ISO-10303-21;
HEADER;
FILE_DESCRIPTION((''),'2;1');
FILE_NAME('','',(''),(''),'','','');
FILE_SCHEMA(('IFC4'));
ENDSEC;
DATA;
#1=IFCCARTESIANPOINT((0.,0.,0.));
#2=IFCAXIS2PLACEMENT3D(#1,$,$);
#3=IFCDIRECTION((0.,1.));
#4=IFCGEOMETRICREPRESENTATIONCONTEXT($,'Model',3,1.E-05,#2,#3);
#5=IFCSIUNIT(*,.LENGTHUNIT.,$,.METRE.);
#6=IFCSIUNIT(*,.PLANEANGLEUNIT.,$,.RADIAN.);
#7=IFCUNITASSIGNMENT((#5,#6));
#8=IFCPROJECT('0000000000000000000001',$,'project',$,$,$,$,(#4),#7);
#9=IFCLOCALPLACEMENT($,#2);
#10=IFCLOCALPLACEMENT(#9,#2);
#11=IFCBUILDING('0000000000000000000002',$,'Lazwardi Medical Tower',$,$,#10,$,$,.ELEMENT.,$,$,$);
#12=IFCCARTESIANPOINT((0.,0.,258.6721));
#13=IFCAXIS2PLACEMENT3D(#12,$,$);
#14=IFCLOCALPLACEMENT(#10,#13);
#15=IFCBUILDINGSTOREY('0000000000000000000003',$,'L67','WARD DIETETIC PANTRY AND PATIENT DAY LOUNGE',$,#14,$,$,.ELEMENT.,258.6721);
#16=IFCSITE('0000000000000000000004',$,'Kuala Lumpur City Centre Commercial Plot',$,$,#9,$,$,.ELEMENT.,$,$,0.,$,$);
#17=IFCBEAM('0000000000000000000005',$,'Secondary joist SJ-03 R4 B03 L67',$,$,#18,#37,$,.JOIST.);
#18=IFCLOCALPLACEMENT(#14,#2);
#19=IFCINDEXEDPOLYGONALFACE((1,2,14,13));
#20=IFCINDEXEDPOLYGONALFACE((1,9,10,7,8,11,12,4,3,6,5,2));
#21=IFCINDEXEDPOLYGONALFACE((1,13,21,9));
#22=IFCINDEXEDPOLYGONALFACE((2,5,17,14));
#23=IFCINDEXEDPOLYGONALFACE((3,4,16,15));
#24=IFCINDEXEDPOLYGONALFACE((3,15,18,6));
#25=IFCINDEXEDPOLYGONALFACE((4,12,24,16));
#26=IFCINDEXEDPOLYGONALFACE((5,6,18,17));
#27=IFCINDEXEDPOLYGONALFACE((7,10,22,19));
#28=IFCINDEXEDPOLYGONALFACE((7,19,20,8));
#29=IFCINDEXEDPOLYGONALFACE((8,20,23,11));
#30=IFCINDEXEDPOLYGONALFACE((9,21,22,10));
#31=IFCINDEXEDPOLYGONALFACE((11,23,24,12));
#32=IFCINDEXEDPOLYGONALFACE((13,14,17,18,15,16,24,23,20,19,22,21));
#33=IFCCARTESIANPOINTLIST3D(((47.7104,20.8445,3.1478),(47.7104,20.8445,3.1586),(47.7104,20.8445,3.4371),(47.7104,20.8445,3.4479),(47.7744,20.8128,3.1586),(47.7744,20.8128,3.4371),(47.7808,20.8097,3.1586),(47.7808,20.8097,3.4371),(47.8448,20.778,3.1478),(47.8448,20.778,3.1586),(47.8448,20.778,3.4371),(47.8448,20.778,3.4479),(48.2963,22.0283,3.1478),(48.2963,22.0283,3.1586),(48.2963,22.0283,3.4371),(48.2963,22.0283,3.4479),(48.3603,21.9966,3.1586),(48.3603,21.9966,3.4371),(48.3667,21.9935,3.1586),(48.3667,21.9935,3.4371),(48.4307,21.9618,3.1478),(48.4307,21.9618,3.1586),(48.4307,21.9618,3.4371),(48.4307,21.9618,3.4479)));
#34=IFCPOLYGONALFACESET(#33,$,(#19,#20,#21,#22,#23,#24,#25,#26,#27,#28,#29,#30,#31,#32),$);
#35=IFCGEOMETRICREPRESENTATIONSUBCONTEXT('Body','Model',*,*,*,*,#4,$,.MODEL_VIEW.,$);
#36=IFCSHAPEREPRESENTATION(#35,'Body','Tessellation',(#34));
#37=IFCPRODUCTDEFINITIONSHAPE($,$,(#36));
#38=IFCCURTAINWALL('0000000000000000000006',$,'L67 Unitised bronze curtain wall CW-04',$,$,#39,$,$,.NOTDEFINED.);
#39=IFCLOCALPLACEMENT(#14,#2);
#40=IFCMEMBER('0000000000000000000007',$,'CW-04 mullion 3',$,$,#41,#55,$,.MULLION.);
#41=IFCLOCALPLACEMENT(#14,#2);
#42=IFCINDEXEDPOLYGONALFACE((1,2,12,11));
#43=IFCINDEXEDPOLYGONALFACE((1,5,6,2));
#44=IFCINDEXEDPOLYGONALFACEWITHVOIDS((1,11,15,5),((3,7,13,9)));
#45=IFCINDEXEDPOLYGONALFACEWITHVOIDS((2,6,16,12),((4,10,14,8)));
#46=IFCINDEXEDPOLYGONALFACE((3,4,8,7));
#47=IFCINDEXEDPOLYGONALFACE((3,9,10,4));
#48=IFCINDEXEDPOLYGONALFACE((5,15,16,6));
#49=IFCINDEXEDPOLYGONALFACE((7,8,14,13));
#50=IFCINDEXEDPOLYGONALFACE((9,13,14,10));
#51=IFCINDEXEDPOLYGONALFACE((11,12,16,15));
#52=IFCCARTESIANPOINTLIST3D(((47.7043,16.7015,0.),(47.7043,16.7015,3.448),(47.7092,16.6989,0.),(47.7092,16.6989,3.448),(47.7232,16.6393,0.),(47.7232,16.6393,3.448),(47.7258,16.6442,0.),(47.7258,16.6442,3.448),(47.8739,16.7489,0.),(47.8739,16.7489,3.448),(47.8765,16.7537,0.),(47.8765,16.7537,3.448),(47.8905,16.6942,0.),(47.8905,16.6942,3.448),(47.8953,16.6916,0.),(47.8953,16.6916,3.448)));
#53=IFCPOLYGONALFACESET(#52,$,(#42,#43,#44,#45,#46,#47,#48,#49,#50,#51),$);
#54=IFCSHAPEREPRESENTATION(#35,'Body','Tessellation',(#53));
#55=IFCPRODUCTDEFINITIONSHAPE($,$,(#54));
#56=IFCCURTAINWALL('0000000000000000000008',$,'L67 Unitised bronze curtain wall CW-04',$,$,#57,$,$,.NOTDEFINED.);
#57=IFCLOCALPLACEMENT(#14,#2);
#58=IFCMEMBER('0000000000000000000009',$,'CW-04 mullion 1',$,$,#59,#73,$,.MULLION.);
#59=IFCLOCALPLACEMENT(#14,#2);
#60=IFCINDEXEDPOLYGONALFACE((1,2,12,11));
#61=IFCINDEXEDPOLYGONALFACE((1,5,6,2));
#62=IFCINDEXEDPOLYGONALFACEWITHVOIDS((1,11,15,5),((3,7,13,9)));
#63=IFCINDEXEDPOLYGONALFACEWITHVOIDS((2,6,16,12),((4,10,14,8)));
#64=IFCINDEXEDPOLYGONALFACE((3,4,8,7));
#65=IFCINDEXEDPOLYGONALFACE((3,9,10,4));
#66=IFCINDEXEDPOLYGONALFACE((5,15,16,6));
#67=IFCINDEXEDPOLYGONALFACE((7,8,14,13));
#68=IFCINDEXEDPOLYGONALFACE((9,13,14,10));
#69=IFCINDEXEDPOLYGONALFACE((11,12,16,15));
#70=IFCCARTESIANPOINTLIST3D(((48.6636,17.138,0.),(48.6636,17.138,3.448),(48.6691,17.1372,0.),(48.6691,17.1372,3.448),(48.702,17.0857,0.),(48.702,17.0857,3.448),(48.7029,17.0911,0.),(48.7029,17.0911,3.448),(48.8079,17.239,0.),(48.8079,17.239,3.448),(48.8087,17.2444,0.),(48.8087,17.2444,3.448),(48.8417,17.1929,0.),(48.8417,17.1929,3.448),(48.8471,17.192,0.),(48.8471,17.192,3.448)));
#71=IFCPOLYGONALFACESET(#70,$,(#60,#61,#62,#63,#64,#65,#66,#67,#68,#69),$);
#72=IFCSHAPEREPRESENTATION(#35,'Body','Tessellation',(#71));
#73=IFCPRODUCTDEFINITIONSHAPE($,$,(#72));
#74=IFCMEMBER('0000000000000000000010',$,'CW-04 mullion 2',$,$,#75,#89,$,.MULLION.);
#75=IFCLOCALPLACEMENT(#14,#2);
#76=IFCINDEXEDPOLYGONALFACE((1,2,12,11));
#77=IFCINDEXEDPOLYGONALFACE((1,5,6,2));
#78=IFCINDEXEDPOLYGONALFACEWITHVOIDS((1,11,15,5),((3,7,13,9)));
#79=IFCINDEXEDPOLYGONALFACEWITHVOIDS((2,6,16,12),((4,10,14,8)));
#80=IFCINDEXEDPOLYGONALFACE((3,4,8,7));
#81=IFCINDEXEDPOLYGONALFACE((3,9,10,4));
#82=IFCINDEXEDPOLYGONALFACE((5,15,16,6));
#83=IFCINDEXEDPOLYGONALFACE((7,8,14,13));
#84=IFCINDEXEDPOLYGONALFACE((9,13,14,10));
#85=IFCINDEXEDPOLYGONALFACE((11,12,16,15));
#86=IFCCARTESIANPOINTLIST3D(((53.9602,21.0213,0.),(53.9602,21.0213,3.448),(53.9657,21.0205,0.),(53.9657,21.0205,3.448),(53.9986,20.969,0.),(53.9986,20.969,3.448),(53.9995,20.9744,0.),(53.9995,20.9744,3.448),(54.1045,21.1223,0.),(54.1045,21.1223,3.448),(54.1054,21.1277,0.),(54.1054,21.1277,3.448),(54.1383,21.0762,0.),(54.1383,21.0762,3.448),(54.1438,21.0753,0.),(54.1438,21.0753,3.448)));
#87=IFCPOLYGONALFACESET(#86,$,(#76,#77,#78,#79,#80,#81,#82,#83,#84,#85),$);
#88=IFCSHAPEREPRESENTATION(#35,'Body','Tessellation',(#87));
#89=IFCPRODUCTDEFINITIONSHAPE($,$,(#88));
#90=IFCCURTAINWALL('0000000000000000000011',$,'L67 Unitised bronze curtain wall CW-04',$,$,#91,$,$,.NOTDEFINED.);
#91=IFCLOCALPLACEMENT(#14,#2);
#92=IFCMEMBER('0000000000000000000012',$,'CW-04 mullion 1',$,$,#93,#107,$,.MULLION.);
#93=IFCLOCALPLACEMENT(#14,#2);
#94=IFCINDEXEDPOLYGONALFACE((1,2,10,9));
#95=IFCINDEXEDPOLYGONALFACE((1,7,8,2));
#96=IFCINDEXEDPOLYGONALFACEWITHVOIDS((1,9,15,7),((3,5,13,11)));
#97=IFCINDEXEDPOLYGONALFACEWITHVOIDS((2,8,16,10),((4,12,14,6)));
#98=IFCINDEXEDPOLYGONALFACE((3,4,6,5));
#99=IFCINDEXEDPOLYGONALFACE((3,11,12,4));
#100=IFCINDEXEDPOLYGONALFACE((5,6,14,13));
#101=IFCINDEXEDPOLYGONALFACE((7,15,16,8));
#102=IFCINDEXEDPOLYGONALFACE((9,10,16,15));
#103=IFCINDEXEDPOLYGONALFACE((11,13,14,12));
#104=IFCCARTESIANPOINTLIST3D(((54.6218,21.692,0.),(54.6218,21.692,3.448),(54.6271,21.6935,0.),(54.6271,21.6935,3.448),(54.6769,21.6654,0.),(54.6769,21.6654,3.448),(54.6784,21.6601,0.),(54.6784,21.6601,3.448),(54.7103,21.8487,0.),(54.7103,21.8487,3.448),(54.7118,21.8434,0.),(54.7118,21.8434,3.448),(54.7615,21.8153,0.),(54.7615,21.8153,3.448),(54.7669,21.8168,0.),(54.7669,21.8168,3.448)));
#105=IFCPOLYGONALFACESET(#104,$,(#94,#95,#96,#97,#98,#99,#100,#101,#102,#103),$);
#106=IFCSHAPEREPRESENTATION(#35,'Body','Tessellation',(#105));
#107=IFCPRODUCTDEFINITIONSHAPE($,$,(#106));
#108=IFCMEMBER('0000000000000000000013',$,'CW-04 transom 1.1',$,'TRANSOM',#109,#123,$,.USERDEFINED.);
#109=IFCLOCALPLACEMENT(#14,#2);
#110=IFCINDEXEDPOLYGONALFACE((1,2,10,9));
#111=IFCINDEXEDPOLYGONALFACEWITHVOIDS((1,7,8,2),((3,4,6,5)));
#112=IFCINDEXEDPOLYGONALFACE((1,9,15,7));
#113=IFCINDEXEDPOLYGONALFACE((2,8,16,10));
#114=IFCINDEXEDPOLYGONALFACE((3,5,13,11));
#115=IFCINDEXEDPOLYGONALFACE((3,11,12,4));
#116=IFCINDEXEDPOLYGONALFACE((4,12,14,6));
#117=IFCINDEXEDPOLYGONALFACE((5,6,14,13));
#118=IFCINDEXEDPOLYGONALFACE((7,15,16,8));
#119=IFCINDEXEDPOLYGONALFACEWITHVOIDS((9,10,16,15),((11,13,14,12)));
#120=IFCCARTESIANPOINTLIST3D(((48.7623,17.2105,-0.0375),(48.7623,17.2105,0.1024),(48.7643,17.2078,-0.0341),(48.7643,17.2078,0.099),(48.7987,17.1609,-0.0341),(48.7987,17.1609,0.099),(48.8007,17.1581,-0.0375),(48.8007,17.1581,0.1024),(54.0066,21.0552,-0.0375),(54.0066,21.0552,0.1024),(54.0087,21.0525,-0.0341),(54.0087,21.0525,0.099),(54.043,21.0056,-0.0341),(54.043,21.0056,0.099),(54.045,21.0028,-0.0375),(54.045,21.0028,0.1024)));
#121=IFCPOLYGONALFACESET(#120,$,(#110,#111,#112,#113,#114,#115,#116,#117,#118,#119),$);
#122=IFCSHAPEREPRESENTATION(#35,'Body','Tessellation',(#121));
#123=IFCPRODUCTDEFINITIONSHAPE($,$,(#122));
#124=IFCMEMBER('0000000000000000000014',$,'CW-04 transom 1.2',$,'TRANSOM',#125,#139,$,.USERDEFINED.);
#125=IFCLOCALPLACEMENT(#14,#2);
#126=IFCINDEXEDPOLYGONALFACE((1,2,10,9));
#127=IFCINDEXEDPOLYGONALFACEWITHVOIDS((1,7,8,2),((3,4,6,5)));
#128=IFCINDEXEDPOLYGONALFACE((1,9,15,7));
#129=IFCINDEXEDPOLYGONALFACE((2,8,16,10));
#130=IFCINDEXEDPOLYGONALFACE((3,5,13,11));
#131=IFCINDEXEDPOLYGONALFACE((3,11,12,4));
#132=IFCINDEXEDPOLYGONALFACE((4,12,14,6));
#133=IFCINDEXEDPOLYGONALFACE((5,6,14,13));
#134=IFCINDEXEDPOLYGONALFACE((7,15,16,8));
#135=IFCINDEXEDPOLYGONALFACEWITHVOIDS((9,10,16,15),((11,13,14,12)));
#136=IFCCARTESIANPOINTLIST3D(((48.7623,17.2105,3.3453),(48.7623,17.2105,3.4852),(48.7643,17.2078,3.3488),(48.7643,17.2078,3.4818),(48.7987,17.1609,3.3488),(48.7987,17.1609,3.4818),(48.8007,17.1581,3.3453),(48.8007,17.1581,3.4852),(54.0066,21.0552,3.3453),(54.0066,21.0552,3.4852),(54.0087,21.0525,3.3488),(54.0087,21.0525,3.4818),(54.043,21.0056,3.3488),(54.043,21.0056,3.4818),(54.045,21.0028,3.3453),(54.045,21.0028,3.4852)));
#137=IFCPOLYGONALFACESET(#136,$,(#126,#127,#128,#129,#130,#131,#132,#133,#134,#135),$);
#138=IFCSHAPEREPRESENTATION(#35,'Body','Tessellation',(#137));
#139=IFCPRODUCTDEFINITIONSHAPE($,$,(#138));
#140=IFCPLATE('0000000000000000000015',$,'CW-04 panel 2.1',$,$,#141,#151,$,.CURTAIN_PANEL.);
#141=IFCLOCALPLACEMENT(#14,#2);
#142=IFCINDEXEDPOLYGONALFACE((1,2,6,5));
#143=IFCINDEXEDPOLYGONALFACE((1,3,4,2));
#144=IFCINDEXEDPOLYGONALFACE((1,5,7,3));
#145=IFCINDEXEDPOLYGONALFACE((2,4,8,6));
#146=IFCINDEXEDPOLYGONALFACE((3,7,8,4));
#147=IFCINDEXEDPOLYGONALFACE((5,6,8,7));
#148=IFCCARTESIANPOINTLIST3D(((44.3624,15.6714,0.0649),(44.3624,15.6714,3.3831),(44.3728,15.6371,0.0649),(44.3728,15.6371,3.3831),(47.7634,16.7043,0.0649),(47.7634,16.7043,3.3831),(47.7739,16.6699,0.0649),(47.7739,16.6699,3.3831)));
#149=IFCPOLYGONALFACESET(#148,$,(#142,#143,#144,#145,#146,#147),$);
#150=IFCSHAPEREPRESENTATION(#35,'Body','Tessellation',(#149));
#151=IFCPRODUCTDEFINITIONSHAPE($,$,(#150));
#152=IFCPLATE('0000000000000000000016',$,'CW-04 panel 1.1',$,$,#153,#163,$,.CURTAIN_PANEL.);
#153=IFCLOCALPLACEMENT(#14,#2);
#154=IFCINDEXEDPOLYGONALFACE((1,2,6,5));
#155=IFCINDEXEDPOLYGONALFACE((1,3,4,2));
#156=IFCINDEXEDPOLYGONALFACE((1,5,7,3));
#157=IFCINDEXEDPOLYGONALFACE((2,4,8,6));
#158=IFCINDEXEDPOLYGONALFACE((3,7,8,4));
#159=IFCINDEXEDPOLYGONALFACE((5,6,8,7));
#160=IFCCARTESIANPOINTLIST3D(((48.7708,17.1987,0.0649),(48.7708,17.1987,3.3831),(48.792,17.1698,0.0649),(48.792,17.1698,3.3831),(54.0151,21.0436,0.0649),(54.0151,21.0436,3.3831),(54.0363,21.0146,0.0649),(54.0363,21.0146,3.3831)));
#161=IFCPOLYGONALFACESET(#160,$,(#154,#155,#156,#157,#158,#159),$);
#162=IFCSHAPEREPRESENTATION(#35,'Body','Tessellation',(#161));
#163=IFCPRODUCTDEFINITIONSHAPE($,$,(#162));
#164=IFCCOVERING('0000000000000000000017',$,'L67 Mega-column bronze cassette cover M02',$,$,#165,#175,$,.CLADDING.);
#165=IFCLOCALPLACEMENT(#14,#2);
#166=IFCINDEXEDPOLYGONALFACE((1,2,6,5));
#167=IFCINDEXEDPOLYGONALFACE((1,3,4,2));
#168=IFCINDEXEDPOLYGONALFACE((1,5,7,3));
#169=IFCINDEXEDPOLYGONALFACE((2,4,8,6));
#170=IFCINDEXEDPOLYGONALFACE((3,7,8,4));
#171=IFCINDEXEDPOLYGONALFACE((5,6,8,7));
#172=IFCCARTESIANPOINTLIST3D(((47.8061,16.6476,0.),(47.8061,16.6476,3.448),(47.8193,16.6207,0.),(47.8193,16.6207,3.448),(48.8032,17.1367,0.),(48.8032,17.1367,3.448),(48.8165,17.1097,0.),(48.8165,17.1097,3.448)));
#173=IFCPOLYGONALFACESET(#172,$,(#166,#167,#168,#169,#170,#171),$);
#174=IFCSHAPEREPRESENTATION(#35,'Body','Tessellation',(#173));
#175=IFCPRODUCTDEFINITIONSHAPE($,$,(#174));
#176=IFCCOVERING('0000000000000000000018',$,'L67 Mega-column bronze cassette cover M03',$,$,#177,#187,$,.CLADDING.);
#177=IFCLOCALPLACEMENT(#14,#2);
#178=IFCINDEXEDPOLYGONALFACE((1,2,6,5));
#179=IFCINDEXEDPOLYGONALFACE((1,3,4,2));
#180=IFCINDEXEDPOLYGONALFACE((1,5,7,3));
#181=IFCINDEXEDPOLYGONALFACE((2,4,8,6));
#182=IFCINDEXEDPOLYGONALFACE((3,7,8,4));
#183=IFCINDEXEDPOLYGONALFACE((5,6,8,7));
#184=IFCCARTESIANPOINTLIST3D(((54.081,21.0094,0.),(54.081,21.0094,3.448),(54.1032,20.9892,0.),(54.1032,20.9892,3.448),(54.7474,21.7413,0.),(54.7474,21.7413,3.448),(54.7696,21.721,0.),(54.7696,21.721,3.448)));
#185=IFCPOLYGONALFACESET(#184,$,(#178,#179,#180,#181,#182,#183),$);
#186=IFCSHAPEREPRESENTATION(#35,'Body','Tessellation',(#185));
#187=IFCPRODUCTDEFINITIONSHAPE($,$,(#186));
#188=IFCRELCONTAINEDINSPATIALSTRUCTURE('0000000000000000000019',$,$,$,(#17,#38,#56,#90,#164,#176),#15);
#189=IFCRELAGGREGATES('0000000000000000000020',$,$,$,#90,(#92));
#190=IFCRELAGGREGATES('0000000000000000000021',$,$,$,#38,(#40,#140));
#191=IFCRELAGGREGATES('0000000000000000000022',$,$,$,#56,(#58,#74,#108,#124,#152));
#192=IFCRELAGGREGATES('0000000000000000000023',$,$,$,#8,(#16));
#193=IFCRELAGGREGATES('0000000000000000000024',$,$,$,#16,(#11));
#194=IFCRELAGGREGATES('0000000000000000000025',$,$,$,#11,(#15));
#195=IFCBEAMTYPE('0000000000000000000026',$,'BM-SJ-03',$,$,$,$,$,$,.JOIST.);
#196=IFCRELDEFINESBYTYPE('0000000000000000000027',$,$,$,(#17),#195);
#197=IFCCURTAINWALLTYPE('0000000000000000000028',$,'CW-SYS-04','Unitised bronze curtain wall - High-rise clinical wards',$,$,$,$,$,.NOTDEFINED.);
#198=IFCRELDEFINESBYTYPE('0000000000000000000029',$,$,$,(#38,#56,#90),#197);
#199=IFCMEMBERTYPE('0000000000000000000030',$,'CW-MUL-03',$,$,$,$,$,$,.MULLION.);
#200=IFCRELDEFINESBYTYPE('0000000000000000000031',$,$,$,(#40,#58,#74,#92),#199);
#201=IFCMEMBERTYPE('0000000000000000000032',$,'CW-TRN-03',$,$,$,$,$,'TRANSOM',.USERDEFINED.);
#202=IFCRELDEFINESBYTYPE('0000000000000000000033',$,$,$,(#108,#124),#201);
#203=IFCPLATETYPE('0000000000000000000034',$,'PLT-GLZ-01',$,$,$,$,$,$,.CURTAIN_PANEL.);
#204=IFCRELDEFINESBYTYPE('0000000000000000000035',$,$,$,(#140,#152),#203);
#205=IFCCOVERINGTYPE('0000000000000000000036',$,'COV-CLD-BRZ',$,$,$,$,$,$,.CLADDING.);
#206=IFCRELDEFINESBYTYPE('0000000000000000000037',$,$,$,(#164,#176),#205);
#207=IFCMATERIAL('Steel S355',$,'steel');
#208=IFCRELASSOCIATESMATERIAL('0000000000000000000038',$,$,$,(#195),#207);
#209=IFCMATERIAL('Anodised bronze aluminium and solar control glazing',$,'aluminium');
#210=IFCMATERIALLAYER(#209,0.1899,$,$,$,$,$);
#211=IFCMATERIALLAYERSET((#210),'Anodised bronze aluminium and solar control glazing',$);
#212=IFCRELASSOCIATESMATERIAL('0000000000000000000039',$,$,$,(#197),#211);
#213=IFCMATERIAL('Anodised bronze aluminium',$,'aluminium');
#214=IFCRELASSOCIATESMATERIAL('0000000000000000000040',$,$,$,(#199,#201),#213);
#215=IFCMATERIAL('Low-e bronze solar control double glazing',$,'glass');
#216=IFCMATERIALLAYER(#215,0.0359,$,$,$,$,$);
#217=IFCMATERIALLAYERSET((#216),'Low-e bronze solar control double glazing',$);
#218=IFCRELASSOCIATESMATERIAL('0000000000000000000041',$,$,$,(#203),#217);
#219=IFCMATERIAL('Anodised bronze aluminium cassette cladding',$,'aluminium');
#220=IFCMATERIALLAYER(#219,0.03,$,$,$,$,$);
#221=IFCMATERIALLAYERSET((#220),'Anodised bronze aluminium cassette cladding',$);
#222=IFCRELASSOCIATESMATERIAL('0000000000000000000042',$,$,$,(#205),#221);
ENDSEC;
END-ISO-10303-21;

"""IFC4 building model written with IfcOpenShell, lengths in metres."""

from ifc_helpers import new_model, si_unit, direction, frame, origin, origin_2d, place, context, subcontext, project, spatial, rectangle, hollow_rectangle, i_section, extrude, material, layer, layer_set, material_profile, profile_set, type_object, element, aggregate, save


model = new_model("IFC4")

# Units and contexts
model_context = context("Model", 3, precision=1e-05, world=origin(), true_north=direction((0.0, 1.0)))
body_context = subcontext(model_context, "Body", "Model", "MODEL_VIEW")
ifc_project = project(units=[si_unit("LENGTHUNIT", "METRE"), si_unit("PLANEANGLEUNIT", "RADIAN")], contexts=[model_context])

# Site, building, storey
site_placement = place(None, origin())
site = spatial("IfcSite", under=ifc_project, at=site_placement, Name="Kuala Lumpur City Centre Commercial Plot", CompositionType="ELEMENT", RefElevation=0.0)
building_placement = place(site_placement, origin())
building = spatial("IfcBuilding", under=site, at=building_placement, Name="Lazwardi Medical Tower", CompositionType="ELEMENT")
storey_placement = place(building_placement, frame((0.0, 0.0, 258.6721)))
storey = spatial("IfcBuildingStorey", under=building, at=storey_placement, Name="L67", Description="WARD DIETETIC PANTRY AND PATIENT DAY LOUNGE", CompositionType="ELEMENT", Elevation=258.6721)

# Beam
ifc_material_1 = material(Name="Steel S355", Category="steel")
ifc_material_profile_1 = material_profile(ifc_material_1, i_section(OverallWidth=0.1499, OverallDepth=0.3, WebThickness=0.0071, FlangeThickness=0.0107, at=origin_2d()), Name="IPE 300")
ifc_profile_set_1 = profile_set([ifc_material_profile_1], Name="Steel S355")
beam_type_1 = type_object("IfcBeamType", Name="BM-SJ-03", PredefinedType="JOIST", material=ifc_profile_set_1)
beam_1_placement = place(storey_placement, frame((47.7776, 20.8113, 3.2979), z_axis=(0.443587, 0.896231, 0.0), x_axis=(-0.896231, 0.443587, 0.0)))
element("IfcBeam", 1, at=beam_1_placement, inside=storey, type_object=beam_type_1, Name="Secondary joist SJ-03 R4 B03 L67", PredefinedType="JOIST", context=body_context, shape_type="SweptSolid", body=[
    extrude(i_section(OverallWidth=0.1499, OverallDepth=0.3, WebThickness=0.0071, FlangeThickness=0.0107, at=origin_2d()), origin(), (0.0, 0.0, 1.0), 1.3208),
])

# Curtain wall, member
ifc_material_2 = material(Name="Anodised bronze aluminium and solar control glazing", Category="aluminium")
ifc_layer_1 = layer(ifc_material_2, 0.1899)
ifc_layer_set_1 = layer_set([ifc_layer_1], Name="Anodised bronze aluminium and solar control glazing")
curtain_wall_type = type_object("IfcCurtainWallType", Name="CW-SYS-04", Description="Unitised bronze curtain wall - High-rise clinical wards", PredefinedType="NOTDEFINED", material=ifc_layer_set_1)
curtain_wall_1_placement = place(storey_placement, origin())
curtain_wall_1 = element("IfcCurtainWall", 2, at=curtain_wall_1_placement, inside=storey, type_object=curtain_wall_type, Name="L67 Unitised bronze curtain wall CW-04", PredefinedType="NOTDEFINED")
ifc_material_3 = material(Name="Anodised bronze aluminium", Category="aluminium")
ifc_material_profile_2 = material_profile(ifc_material_3, hollow_rectangle(XDim=0.0649, YDim=0.1799, WallThickness=0.0039, at=origin_2d()), Name="ALU-MULLION 180x65x4")
ifc_profile_set_2 = profile_set([ifc_material_profile_2], Name="Anodised bronze aluminium")
member_type_1 = type_object("IfcMemberType", Name="CW-MUL-03", PredefinedType="MULLION", material=ifc_profile_set_2)
member_1_placement = place(storey_placement, frame((47.7998, 16.6965, 0.0), z_axis=(0.0, 0.0, 1.0), x_axis=(-0.290582, 0.95685, 0.0)))
member_1 = element("IfcMember", 3, at=member_1_placement, type_object=member_type_1, Name="CW-04 mullion 3", PredefinedType="MULLION", context=body_context, shape_type="SweptSolid", body=[
    extrude(hollow_rectangle(XDim=0.0649, YDim=0.1799, WallThickness=0.0039, at=origin_2d()), origin(), (0.0, 0.0, 1.0), 3.448),
])

# Curtain wall, members
curtain_wall_2_placement = place(storey_placement, origin())
curtain_wall_2 = element("IfcCurtainWall", 4, at=curtain_wall_2_placement, inside=storey, type_object=curtain_wall_type, Name="L67 Unitised bronze curtain wall CW-04", PredefinedType="NOTDEFINED")
member_2_placement = place(storey_placement, frame((48.7554, 17.165, 0.0), z_axis=(0.0, 0.0, 1.0), x_axis=(-0.591268, 0.806475, 0.0)))
member_2 = element("IfcMember", 5, at=member_2_placement, type_object=member_type_1, Name="CW-04 mullion 1", PredefinedType="MULLION", context=body_context, shape_type="SweptSolid", body=[
    extrude(hollow_rectangle(XDim=0.0649, YDim=0.1799, WallThickness=0.0039, at=origin_2d()), origin(), (0.0, 0.0, 1.0), 3.448),
])
member_3_placement = place(storey_placement, frame((54.052, 21.0483, 0.0), z_axis=(0.0, 0.0, 1.0), x_axis=(-0.591268, 0.806475, 0.0)))
member_3 = element("IfcMember", 6, at=member_3_placement, type_object=member_type_1, Name="CW-04 mullion 2", PredefinedType="MULLION", context=body_context, shape_type="SweptSolid", body=[
    extrude(hollow_rectangle(XDim=0.0649, YDim=0.1799, WallThickness=0.0039, at=origin_2d()), origin(), (0.0, 0.0, 1.0), 3.448),
])

# Curtain wall, member
curtain_wall_3_placement = place(storey_placement, origin())
curtain_wall_3 = element("IfcCurtainWall", 7, at=curtain_wall_3_placement, inside=storey, type_object=curtain_wall_type, Name="L67 Unitised bronze curtain wall CW-04", PredefinedType="NOTDEFINED")
member_4_placement = place(storey_placement, frame((54.6943, 21.7544, 0.0), z_axis=(0.0, 0.0, 1.0), x_axis=(-0.870651, 0.4919, 0.0)))
member_4 = element("IfcMember", 8, at=member_4_placement, type_object=member_type_1, Name="CW-04 mullion 1", PredefinedType="MULLION", context=body_context, shape_type="SweptSolid", body=[
    extrude(hollow_rectangle(XDim=0.0649, YDim=0.1799, WallThickness=0.0039, at=origin_2d()), origin(), (0.0, 0.0, 1.0), 3.448),
])
aggregate(curtain_wall_3, [member_4])

# Members
ifc_material_profile_3 = material_profile(ifc_material_3, hollow_rectangle(XDim=0.0649, YDim=0.1399, WallThickness=0.0034, at=origin_2d()), Name="ALU-TRANSOM 140x65x3.5")
ifc_profile_set_3 = profile_set([ifc_material_profile_3], Name="Anodised bronze aluminium")
member_type_2 = type_object("IfcMemberType", Name="CW-TRN-03", ElementType="TRANSOM", PredefinedType="USERDEFINED", material=ifc_profile_set_3)
member_5_placement = place(storey_placement, frame((48.7815, 17.1843, 0.0325), z_axis=(0.80649, 0.591248, 0.0), x_axis=(-0.591248, 0.80649, 0.0)))
member_5 = element("IfcMember", 9, at=member_5_placement, type_object=member_type_2, Name="CW-04 transom 1.1", ObjectType="TRANSOM", PredefinedType="USERDEFINED", context=body_context, shape_type="SweptSolid", body=[
    extrude(hollow_rectangle(XDim=0.0649, YDim=0.1399, WallThickness=0.0034, at=origin_2d()), origin(), (0.0, 0.0, 1.0), 6.5027),
])
member_6_placement = place(storey_placement, frame((48.7815, 17.1843, 3.4153), z_axis=(0.80649, 0.591248, 0.0), x_axis=(-0.591248, 0.80649, 0.0)))
member_6 = element("IfcMember", 10, at=member_6_placement, type_object=member_type_2, Name="CW-04 transom 1.2", ObjectType="TRANSOM", PredefinedType="USERDEFINED", context=body_context, shape_type="SweptSolid", body=[
    extrude(hollow_rectangle(XDim=0.0649, YDim=0.1399, WallThickness=0.0034, at=origin_2d()), origin(), (0.0, 0.0, 1.0), 6.5027),
])

# Plates
ifc_material_4 = material(Name="Low-e bronze solar control double glazing", Category="glass")
ifc_layer_2 = layer(ifc_material_4, 0.0359)
ifc_layer_set_2 = layer_set([ifc_layer_2], Name="Low-e bronze solar control double glazing")
plate_type = type_object("IfcPlateType", Name="PLT-GLZ-01", PredefinedType="CURTAIN_PANEL", material=ifc_layer_set_2)
plate_1_placement = place(storey_placement, frame((46.0681, 16.1707, 0.0649), z_axis=(0.0, 0.0, 1.0), x_axis=(0.95685, 0.290582, 0.0)))
plate_1 = element("IfcPlate", 11, at=plate_1_placement, type_object=plate_type, Name="CW-04 panel 2.1", PredefinedType="CURTAIN_PANEL", context=body_context, shape_type="SweptSolid", body=[
    extrude(rectangle(XDim=3.5544, YDim=0.0359, at=origin_2d()), origin(), (0.0, 0.0, 1.0), 3.3181),
])
aggregate(curtain_wall_1, [member_1, plate_1])
plate_2_placement = place(storey_placement, frame((51.4036, 19.1067, 0.0649), z_axis=(0.0, 0.0, 1.0), x_axis=(0.806475, 0.591268, 0.0)))
plate_2 = element("IfcPlate", 12, at=plate_2_placement, type_object=plate_type, Name="CW-04 panel 1.1", PredefinedType="CURTAIN_PANEL", context=body_context, shape_type="SweptSolid", body=[
    extrude(rectangle(XDim=6.5027, YDim=0.0359, at=origin_2d()), origin(), (0.0, 0.0, 1.0), 3.3181),
])
aggregate(curtain_wall_2, [member_2, member_3, member_5, member_6, plate_2])

# Coverings
ifc_material_5 = material(Name="Anodised bronze aluminium cassette cladding", Category="aluminium")
ifc_layer_3 = layer(ifc_material_5, 0.03)
ifc_layer_set_3 = layer_set([ifc_layer_3], Name="Anodised bronze aluminium cassette cladding")
covering_type = type_object("IfcCoveringType", Name="COV-CLD-BRZ", PredefinedType="CLADDING", material=ifc_layer_set_3)
covering_1_placement = place(storey_placement, frame((48.3113, 16.8787, 0.0), z_axis=(0.0, 0.0, 1.0), x_axis=(0.89784, 0.440322, 0.0)))
element("IfcCovering", 13, at=covering_1_placement, inside=storey, type_object=covering_type, Name="L67 Mega-column bronze cassette cover M02", PredefinedType="CLADDING", context=body_context, shape_type="SweptSolid", body=[
    extrude(rectangle(XDim=1.1106, YDim=0.03, at=origin_2d()), origin(), (0.0, 0.0, 1.0), 3.448),
])
covering_2_placement = place(storey_placement, frame((54.4253, 21.3652, 0.0), z_axis=(0.0, 0.0, 1.0), x_axis=(0.673241, 0.739423, 0.0)))
element("IfcCovering", 14, at=covering_2_placement, inside=storey, type_object=covering_type, Name="L67 Mega-column bronze cassette cover M03", PredefinedType="CLADDING", context=body_context, shape_type="SweptSolid", body=[
    extrude(rectangle(XDim=0.9897, YDim=0.03, at=origin_2d()), origin(), (0.0, 0.0, 1.0), 3.448),
])

save(model, "model.ifc")
